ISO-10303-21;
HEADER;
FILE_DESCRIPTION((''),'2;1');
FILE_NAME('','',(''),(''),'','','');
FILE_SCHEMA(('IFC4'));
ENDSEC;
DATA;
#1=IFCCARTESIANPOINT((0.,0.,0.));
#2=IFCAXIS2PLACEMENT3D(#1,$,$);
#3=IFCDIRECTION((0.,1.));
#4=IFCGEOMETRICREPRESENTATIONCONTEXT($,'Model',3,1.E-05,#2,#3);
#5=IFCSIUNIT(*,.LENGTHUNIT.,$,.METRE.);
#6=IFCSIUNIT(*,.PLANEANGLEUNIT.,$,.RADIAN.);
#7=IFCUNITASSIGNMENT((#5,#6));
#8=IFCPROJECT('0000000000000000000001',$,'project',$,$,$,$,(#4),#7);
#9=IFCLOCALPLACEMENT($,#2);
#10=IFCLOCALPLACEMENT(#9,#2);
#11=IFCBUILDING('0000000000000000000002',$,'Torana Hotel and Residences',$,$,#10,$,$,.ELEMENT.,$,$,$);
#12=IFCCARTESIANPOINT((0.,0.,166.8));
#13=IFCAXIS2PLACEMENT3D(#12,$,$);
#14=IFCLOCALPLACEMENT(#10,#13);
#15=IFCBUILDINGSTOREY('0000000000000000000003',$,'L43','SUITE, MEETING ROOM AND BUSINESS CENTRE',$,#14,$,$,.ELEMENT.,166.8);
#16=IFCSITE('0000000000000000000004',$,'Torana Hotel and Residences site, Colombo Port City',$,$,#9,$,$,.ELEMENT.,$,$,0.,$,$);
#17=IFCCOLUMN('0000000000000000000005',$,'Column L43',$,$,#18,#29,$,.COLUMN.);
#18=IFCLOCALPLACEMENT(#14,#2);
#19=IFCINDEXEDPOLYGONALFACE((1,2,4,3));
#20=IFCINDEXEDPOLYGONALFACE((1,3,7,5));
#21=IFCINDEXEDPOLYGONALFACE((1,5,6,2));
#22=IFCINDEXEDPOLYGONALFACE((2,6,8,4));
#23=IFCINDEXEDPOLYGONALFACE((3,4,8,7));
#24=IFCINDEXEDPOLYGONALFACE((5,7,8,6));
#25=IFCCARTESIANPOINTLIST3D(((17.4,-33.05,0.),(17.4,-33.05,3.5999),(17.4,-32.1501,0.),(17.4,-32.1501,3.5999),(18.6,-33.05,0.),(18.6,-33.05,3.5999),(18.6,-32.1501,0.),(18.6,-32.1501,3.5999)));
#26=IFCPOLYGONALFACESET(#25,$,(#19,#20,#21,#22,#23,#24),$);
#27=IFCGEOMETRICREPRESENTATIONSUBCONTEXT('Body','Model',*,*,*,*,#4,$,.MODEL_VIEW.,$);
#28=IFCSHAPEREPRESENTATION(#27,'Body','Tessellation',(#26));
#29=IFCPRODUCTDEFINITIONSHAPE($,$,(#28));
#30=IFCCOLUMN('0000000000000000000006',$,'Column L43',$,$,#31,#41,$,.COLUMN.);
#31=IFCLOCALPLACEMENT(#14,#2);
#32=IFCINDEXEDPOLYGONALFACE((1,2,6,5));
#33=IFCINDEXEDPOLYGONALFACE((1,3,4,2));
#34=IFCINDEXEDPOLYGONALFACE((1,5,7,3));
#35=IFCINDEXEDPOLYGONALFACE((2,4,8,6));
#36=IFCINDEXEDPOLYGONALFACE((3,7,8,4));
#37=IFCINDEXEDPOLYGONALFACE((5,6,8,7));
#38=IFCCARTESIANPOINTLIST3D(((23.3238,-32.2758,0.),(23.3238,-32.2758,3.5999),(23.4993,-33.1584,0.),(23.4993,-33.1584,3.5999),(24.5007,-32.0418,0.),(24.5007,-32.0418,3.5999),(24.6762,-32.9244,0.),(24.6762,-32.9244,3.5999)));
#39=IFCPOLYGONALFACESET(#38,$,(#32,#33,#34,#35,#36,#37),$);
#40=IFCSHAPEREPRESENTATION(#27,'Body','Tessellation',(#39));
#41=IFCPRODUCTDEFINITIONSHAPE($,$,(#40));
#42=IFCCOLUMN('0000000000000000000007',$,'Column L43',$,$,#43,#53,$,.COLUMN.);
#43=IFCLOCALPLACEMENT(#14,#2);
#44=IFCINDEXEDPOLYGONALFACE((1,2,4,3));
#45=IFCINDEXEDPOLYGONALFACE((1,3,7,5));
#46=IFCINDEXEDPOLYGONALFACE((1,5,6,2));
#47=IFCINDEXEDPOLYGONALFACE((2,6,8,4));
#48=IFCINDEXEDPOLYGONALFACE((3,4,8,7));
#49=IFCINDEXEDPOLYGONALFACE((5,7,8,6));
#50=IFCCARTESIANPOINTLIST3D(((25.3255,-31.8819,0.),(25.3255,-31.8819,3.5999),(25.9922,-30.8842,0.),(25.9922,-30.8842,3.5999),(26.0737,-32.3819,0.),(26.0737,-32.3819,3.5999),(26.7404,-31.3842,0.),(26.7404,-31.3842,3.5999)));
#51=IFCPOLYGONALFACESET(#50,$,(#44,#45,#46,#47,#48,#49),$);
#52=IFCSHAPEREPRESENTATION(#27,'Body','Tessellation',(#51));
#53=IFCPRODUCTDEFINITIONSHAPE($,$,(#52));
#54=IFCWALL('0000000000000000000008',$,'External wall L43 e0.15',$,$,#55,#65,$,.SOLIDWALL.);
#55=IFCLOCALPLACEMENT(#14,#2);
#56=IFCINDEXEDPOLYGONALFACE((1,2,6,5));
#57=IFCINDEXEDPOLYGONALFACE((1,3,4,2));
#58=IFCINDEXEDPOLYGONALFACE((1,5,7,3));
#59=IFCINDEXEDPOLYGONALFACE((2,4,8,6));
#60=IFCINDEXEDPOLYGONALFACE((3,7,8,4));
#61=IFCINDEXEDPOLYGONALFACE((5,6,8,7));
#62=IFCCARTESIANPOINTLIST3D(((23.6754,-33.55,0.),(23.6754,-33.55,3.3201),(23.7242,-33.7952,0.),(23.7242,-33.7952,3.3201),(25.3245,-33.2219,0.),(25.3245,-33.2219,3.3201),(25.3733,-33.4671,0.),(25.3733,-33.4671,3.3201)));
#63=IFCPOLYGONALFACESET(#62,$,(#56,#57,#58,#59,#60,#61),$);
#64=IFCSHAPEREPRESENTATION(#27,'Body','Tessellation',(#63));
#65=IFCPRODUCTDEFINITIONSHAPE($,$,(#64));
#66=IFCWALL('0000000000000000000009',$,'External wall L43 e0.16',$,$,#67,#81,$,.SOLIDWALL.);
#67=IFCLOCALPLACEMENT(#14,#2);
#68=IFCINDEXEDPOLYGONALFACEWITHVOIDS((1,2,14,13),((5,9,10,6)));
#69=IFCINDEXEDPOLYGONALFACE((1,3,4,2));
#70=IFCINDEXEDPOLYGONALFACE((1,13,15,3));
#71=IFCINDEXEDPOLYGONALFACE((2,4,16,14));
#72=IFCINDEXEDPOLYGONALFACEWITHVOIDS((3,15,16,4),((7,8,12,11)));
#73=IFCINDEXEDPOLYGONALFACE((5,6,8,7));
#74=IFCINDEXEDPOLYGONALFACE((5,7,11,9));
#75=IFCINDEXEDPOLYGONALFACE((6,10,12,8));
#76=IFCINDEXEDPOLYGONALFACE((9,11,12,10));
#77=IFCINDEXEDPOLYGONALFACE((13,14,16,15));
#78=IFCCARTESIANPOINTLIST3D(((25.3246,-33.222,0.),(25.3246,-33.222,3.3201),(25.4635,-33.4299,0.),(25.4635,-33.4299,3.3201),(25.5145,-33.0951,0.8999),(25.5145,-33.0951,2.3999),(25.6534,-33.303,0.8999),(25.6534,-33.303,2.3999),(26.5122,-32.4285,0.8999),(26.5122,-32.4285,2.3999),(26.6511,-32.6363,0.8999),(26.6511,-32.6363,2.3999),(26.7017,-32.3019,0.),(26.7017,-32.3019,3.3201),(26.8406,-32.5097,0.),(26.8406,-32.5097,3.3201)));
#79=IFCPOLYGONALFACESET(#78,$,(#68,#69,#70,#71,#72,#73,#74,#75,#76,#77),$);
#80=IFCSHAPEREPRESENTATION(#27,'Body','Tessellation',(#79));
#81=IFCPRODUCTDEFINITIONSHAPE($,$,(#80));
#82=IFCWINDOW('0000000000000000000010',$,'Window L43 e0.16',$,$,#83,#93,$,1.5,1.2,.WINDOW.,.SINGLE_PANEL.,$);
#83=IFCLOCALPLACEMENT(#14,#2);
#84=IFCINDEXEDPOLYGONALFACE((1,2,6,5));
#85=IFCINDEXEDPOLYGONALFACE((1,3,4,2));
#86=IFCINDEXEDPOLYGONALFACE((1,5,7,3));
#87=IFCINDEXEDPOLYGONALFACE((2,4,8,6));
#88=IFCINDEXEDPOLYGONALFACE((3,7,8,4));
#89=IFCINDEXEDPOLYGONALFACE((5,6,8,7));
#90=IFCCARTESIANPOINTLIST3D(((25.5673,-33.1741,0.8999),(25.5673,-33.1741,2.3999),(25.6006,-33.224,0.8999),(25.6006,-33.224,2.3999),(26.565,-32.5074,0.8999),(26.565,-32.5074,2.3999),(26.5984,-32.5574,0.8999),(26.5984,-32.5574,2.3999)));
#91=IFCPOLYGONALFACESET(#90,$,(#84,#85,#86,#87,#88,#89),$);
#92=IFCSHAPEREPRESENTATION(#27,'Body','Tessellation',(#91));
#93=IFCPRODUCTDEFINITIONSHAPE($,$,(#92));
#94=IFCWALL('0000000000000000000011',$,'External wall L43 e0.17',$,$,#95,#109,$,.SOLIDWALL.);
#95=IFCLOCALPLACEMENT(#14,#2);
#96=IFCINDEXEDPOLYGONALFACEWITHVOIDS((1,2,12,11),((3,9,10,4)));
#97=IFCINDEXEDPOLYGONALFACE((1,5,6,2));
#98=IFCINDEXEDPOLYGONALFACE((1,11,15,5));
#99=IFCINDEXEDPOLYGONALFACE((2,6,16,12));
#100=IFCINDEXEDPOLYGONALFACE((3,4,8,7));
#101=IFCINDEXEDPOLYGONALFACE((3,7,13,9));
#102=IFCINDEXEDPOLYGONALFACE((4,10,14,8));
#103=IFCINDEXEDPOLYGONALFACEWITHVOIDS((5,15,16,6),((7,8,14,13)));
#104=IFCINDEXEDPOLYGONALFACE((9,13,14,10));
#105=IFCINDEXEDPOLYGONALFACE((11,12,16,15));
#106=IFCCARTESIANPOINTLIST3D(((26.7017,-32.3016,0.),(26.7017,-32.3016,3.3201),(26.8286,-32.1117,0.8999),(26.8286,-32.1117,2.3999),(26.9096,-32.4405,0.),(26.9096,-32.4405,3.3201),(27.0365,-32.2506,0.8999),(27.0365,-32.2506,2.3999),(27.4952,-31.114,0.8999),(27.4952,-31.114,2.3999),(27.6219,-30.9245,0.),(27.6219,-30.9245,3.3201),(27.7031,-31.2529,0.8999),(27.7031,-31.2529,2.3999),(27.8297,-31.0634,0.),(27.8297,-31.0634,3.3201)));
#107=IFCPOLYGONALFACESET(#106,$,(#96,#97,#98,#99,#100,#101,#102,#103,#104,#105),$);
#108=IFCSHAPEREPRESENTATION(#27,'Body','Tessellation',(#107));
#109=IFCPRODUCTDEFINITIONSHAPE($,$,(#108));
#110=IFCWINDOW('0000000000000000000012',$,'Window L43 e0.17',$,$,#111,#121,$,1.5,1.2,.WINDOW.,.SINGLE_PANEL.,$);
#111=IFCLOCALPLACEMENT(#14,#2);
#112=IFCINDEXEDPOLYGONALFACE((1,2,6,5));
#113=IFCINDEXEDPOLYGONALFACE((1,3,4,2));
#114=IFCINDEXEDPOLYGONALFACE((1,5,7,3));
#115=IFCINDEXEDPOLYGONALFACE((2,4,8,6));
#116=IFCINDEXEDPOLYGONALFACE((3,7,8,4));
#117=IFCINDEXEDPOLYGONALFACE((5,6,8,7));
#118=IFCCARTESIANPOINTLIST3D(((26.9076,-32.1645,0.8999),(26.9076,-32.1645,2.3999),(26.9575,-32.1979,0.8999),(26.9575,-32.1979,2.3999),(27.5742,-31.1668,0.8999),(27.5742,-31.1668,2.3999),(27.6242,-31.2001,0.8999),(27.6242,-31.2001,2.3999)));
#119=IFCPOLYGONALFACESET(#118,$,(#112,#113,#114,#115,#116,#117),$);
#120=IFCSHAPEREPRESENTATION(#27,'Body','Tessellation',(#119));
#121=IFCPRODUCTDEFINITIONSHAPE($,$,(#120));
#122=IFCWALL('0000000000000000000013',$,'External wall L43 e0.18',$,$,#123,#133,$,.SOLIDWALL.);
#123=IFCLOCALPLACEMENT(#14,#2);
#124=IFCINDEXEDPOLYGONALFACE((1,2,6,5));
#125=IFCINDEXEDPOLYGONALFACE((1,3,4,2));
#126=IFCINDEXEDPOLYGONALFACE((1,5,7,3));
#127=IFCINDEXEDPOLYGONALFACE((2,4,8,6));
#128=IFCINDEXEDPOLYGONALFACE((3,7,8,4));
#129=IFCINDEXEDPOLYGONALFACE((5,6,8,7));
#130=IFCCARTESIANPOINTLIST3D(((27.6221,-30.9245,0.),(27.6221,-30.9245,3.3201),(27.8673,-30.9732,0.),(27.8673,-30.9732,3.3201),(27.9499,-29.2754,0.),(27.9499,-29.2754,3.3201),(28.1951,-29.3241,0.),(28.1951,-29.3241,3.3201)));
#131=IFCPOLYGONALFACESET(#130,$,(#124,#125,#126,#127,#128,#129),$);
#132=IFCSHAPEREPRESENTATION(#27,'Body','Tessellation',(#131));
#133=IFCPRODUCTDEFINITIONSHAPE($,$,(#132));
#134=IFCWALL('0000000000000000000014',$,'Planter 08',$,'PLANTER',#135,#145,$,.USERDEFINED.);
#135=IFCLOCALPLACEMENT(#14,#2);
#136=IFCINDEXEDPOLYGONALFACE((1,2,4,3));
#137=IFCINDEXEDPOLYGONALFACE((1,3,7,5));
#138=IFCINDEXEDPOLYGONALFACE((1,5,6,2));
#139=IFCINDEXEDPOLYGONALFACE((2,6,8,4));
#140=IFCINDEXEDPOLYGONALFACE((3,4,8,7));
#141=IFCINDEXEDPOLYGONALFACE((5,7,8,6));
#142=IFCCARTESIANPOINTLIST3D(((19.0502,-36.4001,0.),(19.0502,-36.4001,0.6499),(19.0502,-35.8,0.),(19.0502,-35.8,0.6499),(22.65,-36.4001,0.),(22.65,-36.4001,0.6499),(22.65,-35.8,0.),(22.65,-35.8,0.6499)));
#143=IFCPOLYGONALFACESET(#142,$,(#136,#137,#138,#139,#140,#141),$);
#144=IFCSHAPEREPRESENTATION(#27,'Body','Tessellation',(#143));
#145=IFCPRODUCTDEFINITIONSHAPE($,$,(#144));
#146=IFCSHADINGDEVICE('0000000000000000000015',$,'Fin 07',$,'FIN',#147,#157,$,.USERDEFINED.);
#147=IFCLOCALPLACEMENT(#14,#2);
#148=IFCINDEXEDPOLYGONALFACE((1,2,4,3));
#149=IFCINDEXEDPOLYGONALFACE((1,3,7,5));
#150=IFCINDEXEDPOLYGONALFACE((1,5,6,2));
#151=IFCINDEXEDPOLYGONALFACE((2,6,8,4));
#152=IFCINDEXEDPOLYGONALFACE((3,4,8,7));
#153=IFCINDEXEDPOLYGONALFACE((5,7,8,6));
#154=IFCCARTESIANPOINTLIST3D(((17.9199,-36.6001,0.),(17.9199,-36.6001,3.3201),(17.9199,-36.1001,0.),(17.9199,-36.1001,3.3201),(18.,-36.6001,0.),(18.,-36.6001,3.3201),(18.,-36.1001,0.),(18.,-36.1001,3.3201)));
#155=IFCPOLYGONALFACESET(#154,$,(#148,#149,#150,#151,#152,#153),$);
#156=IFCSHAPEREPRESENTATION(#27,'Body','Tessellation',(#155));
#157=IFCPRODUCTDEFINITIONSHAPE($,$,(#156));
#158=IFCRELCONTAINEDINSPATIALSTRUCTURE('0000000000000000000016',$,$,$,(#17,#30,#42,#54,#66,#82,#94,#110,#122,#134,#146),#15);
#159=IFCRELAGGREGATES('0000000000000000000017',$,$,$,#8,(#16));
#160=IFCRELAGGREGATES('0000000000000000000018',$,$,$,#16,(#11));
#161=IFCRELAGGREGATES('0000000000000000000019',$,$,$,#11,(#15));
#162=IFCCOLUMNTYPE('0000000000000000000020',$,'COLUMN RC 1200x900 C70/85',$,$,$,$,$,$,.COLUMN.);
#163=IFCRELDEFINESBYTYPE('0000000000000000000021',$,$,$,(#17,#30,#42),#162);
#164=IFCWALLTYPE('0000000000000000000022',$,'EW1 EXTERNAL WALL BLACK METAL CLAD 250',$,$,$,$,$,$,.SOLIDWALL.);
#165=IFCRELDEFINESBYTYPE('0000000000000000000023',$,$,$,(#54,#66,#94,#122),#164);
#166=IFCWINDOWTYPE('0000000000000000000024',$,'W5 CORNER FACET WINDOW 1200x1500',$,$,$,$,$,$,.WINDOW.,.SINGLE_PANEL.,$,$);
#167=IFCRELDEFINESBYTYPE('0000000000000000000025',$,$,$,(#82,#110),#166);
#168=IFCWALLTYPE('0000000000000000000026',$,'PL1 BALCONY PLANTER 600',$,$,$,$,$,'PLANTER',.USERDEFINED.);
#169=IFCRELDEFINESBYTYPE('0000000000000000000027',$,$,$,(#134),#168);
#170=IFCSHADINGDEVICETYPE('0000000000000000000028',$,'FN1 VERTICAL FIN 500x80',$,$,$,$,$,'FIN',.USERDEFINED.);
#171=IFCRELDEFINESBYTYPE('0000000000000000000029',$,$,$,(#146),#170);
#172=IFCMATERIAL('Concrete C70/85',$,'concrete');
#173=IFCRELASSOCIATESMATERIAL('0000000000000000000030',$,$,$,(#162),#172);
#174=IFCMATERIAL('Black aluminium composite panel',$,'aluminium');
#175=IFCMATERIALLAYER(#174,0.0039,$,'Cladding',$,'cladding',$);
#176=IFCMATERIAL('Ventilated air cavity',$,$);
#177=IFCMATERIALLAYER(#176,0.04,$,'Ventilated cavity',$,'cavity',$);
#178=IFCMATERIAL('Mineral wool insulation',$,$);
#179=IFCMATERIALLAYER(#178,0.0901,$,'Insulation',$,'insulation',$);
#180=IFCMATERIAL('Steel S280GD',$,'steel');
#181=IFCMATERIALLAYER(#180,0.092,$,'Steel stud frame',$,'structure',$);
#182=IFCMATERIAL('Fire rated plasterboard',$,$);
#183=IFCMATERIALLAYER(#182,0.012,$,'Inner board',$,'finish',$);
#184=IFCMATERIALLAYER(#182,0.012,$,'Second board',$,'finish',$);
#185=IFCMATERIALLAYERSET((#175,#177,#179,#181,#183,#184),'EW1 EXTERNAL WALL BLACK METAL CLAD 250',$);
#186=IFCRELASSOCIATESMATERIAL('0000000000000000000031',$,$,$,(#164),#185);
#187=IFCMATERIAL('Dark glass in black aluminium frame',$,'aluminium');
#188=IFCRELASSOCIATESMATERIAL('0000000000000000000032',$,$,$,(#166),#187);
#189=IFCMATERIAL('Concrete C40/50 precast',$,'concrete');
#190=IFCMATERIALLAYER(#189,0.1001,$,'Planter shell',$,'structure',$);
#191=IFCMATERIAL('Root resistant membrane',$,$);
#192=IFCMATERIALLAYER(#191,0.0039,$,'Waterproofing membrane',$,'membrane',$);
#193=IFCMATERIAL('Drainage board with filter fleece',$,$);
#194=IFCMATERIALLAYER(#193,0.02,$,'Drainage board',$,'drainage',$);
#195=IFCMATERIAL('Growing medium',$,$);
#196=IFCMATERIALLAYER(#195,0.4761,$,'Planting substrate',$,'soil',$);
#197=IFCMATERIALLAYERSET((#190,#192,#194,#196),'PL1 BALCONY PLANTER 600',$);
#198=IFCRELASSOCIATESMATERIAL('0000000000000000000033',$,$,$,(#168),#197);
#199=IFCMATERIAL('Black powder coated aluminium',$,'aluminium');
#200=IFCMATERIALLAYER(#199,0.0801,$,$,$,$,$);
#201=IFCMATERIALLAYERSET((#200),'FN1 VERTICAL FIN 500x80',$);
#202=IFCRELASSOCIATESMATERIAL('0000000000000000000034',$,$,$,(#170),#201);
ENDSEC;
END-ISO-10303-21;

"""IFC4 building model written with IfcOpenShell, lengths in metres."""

from ifc_helpers import new_model, si_unit, direction, frame, frame_2d, origin, origin_2d, place, context, subcontext, project, spatial, rectangle, extrude, material, layer, layer_set, material_profile, profile_set, type_object, element, fill, save


model = new_model("IFC4")

# Units and contexts
model_context = context("Model", 3, precision=1e-05, world=origin(), true_north=direction((0.0, 1.0)))
body_context = subcontext(model_context, "Body", "Model", "MODEL_VIEW")
ifc_project = project(units=[si_unit("LENGTHUNIT", "METRE"), si_unit("PLANEANGLEUNIT", "RADIAN")], contexts=[model_context])

# Site, building, storey
site_placement = place(None, origin())
site = spatial("IfcSite", under=ifc_project, at=site_placement, Name="Torana Hotel and Residences site, Colombo Port City", CompositionType="ELEMENT", RefElevation=0.0)
building_placement = place(site_placement, origin())
building = spatial("IfcBuilding", under=site, at=building_placement, Name="Torana Hotel and Residences", CompositionType="ELEMENT")
storey_placement = place(building_placement, frame((0.0, 0.0, 166.8)))
storey = spatial("IfcBuildingStorey", under=building, at=storey_placement, Name="L43", Description="SUITE, MEETING ROOM AND BUSINESS CENTRE", CompositionType="ELEMENT", Elevation=166.8)

# Columns
ifc_material_1 = material(Name="Concrete C70/85", Category="concrete")
ifc_material_profile = material_profile(ifc_material_1, rectangle(XDim=1.2, YDim=0.8999, at=origin_2d()), Name="RC 1200x900")
ifc_profile_set = profile_set([ifc_material_profile], Name="Concrete C70/85")
column_type = type_object("IfcColumnType", Name="COLUMN RC 1200x900 C70/85", PredefinedType="COLUMN", material=ifc_profile_set)
for number, where, z_axis, x_axis, name in (
    (1, (18.0, -32.6001, 0.0), (0.0, 0.0, 1.0), (1.0, 0.0, 0.0), "Column L43"),
    (2, (24.0, -32.6001, 0.0), (0.0, 0.0, 1.0), (0.980792, 0.195056, 0.0), "Column L43"),
    (3, (26.033, -31.6331, 0.0), (0.0, 0.0, 1.0), (0.555585, 0.83146, 0.0), "Column L43"),
):
    element("IfcColumn", number, at=place(storey_placement, frame(where, z_axis=z_axis, x_axis=x_axis)), inside=storey, type_object=column_type, Name=name, PredefinedType="COLUMN", context=body_context, shape_type="SweptSolid", body=[
        extrude(rectangle(XDim=1.2, YDim=0.8999, at=origin_2d()), origin(), (0.0, 0.0, 1.0), 3.5999),
    ])

# Wall
ifc_material_2 = material(Name="Black aluminium composite panel", Category="aluminium")
ifc_layer_1 = layer(ifc_material_2, 0.0039, Name="Cladding", Category="cladding")
ifc_material_3 = material(Name="Ventilated air cavity")
ifc_layer_2 = layer(ifc_material_3, 0.04, Name="Ventilated cavity", Category="cavity")
ifc_material_4 = material(Name="Mineral wool insulation")
ifc_layer_3 = layer(ifc_material_4, 0.0901, Name="Insulation", Category="insulation")
ifc_material_5 = material(Name="Steel S280GD", Category="steel")
ifc_layer_4 = layer(ifc_material_5, 0.092, Name="Steel stud frame", Category="structure")
ifc_material_6 = material(Name="Fire rated plasterboard")
ifc_layer_5 = layer(ifc_material_6, 0.012, Name="Inner board", Category="finish")
ifc_layer_6 = layer(ifc_material_6, 0.012, Name="Second board", Category="finish")
ifc_layer_set_1 = layer_set([ifc_layer_1, ifc_layer_2, ifc_layer_3, ifc_layer_4, ifc_layer_5, ifc_layer_6], Name="EW1 EXTERNAL WALL BLACK METAL CLAD 250")
wall_type_1 = type_object("IfcWallType", Name="EW1 EXTERNAL WALL BLACK METAL CLAD 250", PredefinedType="SOLIDWALL", material=ifc_layer_set_1)
wall_1_placement = place(storey_placement, frame((23.6997, -33.6726, 0.0), z_axis=(0.0, 0.0, 1.0), x_axis=(0.980776, 0.195139, 0.0)))
element("IfcWall", 4, at=wall_1_placement, inside=storey, type_object=wall_type_1, Name="External wall L43 e0.15", PredefinedType="SOLIDWALL", context=body_context, shape_type="SweptSolid", body=[
    extrude(rectangle(XDim=1.6814, YDim=0.25, at=frame_2d((0.8408, 0.0))), origin(), (0.0, 0.0, 1.0), 3.3201),
])

# Walls, openings, windows
wall_2_placement = place(storey_placement, frame((25.394, -33.3259, 0.0), z_axis=(0.0, 0.0, 1.0), x_axis=(0.831483, 0.55555, 0.0)))
wall_2 = element("IfcWall", 5, at=wall_2_placement, inside=storey, type_object=wall_type_1, Name="External wall L43 e0.16", PredefinedType="SOLIDWALL", context=body_context, shape_type="SweptSolid", body=[
    extrude(rectangle(XDim=1.6562, YDim=0.25, at=frame_2d((0.8281, 0.0))), origin(), (0.0, 0.0, 1.0), 3.3201),
])
opening_1_placement = place(wall_2_placement, frame((0.2283, 0.0, 0.8999)))
opening_1 = element("IfcOpeningElement", 6, at=opening_1_placement, cuts=wall_2, PredefinedType="OPENING", context=body_context, shape_type="SweptSolid", body=[
    extrude(rectangle(XDim=1.2, YDim=1.5, at=frame_2d((0.6001, 0.75))), frame((0.0, 0.135, 0.0), z_axis=(0.0, -1.0, 0.0), x_axis=(1.0, 0.0, 0.0)), (0.0, 0.0, 1.0), 0.27),
])
ifc_material_7 = material(Name="Dark glass in black aluminium frame", Category="aluminium")
window_type_1 = type_object("IfcWindowType", Name="W5 CORNER FACET WINDOW 1200x1500", PartitioningType="SINGLE_PANEL", PredefinedType="WINDOW", material=ifc_material_7)
window_1_placement = place(opening_1_placement, origin())
window_1 = element("IfcWindow", 7, at=window_1_placement, inside=storey, type_object=window_type_1, Name="Window L43 e0.16", OverallHeight=1.5, OverallWidth=1.2, PartitioningType="SINGLE_PANEL", PredefinedType="WINDOW", context=body_context, shape_type="SweptSolid", body=[
    extrude(rectangle(XDim=1.2, YDim=1.5, at=frame_2d((0.6001, 0.75))), frame((0.0, 0.03, 0.0), z_axis=(0.0, -1.0, 0.0), x_axis=(1.0, 0.0, 0.0)), (0.0, 0.0, 1.0), 0.0601),
])
fill(opening_1, window_1)
wall_3_placement = place(storey_placement, frame((26.8057, -32.3711, 0.0), z_axis=(0.0, 0.0, 1.0), x_axis=(0.55555, 0.831483, 0.0)))
wall_3 = element("IfcWall", 8, at=wall_3_placement, inside=storey, type_object=wall_type_1, Name="External wall L43 e0.17", PredefinedType="SOLIDWALL", context=body_context, shape_type="SweptSolid", body=[
    extrude(rectangle(XDim=1.6562, YDim=0.25, at=frame_2d((0.8281, 0.0))), origin(), (0.0, 0.0, 1.0), 3.3201),
])
opening_2_placement = place(wall_3_placement, frame((0.2283, 0.0, 0.8999)))
opening_2 = element("IfcOpeningElement", 9, at=opening_2_placement, cuts=wall_3, PredefinedType="OPENING", context=body_context, shape_type="SweptSolid", body=[
    extrude(rectangle(XDim=1.2, YDim=1.5, at=frame_2d((0.6001, 0.75))), frame((0.0, 0.135, 0.0), z_axis=(0.0, -1.0, 0.0), x_axis=(1.0, 0.0, 0.0)), (0.0, 0.0, 1.0), 0.27),
])
window_2_placement = place(opening_2_placement, origin())
window_2 = element("IfcWindow", 10, at=window_2_placement, inside=storey, type_object=window_type_1, Name="Window L43 e0.17", OverallHeight=1.5, OverallWidth=1.2, PartitioningType="SINGLE_PANEL", PredefinedType="WINDOW", context=body_context, shape_type="SweptSolid", body=[
    extrude(rectangle(XDim=1.2, YDim=1.5, at=frame_2d((0.6001, 0.75))), frame((0.0, 0.03, 0.0), z_axis=(0.0, -1.0, 0.0), x_axis=(1.0, 0.0, 0.0)), (0.0, 0.0, 1.0), 0.0601),
])
fill(opening_2, window_2)

# Wall
wall_4_placement = place(storey_placement, frame((27.7446, -30.949, 0.0), z_axis=(0.0, 0.0, 1.0), x_axis=(0.194999, 0.980803, 0.0)))
element("IfcWall", 11, at=wall_4_placement, inside=storey, type_object=wall_type_1, Name="External wall L43 e0.18", PredefinedType="SOLIDWALL", context=body_context, shape_type="SweptSolid", body=[
    extrude(rectangle(XDim=1.6814, YDim=0.25, at=frame_2d((0.8408, 0.0))), origin(), (0.0, 0.0, 1.0), 3.3201),
])

# Wall
ifc_material_8 = material(Name="Concrete C40/50 precast", Category="concrete")
ifc_layer_7 = layer(ifc_material_8, 0.1001, Name="Planter shell", Category="structure")
ifc_material_9 = material(Name="Root resistant membrane")
ifc_layer_8 = layer(ifc_material_9, 0.0039, Name="Waterproofing membrane", Category="membrane")
ifc_material_10 = material(Name="Drainage board with filter fleece")
ifc_layer_9 = layer(ifc_material_10, 0.02, Name="Drainage board", Category="drainage")
ifc_material_11 = material(Name="Growing medium")
ifc_layer_10 = layer(ifc_material_11, 0.4761, Name="Planting substrate", Category="soil")
ifc_layer_set_2 = layer_set([ifc_layer_7, ifc_layer_8, ifc_layer_9, ifc_layer_10], Name="PL1 BALCONY PLANTER 600")
wall_type_2 = type_object("IfcWallType", Name="PL1 BALCONY PLANTER 600", ElementType="PLANTER", PredefinedType="USERDEFINED", material=ifc_layer_set_2)
wall_5_placement = place(storey_placement, frame((22.6499, -36.1001, 0.0), z_axis=(0.0, 0.0, 1.0), x_axis=(-1.0, 0.0, 0.0)))
element("IfcWall", 12, at=wall_5_placement, inside=storey, type_object=wall_type_2, Name="Planter 08", ObjectType="PLANTER", PredefinedType="USERDEFINED", context=body_context, shape_type="SweptSolid", body=[
    extrude(rectangle(XDim=3.5999, YDim=0.6001, at=frame_2d((1.7998, 0.0))), origin(), (0.0, 0.0, 1.0), 0.6499),
])

# Shading device
ifc_material_12 = material(Name="Black powder coated aluminium", Category="aluminium")
ifc_layer_11 = layer(ifc_material_12, 0.0801)
ifc_layer_set_3 = layer_set([ifc_layer_11], Name="FN1 VERTICAL FIN 500x80")
shading_device_type = type_object("IfcShadingDeviceType", Name="FN1 VERTICAL FIN 500x80", ElementType="FIN", PredefinedType="USERDEFINED", material=ifc_layer_set_3)
shading_device_placement = place(storey_placement, frame((17.96, -36.3501, 0.0), z_axis=(0.0, 0.0, 1.0), x_axis=(-1.0, 0.0, 0.0)))
element("IfcShadingDevice", 13, at=shading_device_placement, inside=storey, type_object=shading_device_type, Name="Fin 07", ObjectType="FIN", PredefinedType="USERDEFINED", context=body_context, shape_type="SweptSolid", body=[
    extrude(rectangle(XDim=0.0801, YDim=0.5, at=origin_2d()), origin(), (0.0, 0.0, 1.0), 3.3201),
])

save(model, "model.ifc")
